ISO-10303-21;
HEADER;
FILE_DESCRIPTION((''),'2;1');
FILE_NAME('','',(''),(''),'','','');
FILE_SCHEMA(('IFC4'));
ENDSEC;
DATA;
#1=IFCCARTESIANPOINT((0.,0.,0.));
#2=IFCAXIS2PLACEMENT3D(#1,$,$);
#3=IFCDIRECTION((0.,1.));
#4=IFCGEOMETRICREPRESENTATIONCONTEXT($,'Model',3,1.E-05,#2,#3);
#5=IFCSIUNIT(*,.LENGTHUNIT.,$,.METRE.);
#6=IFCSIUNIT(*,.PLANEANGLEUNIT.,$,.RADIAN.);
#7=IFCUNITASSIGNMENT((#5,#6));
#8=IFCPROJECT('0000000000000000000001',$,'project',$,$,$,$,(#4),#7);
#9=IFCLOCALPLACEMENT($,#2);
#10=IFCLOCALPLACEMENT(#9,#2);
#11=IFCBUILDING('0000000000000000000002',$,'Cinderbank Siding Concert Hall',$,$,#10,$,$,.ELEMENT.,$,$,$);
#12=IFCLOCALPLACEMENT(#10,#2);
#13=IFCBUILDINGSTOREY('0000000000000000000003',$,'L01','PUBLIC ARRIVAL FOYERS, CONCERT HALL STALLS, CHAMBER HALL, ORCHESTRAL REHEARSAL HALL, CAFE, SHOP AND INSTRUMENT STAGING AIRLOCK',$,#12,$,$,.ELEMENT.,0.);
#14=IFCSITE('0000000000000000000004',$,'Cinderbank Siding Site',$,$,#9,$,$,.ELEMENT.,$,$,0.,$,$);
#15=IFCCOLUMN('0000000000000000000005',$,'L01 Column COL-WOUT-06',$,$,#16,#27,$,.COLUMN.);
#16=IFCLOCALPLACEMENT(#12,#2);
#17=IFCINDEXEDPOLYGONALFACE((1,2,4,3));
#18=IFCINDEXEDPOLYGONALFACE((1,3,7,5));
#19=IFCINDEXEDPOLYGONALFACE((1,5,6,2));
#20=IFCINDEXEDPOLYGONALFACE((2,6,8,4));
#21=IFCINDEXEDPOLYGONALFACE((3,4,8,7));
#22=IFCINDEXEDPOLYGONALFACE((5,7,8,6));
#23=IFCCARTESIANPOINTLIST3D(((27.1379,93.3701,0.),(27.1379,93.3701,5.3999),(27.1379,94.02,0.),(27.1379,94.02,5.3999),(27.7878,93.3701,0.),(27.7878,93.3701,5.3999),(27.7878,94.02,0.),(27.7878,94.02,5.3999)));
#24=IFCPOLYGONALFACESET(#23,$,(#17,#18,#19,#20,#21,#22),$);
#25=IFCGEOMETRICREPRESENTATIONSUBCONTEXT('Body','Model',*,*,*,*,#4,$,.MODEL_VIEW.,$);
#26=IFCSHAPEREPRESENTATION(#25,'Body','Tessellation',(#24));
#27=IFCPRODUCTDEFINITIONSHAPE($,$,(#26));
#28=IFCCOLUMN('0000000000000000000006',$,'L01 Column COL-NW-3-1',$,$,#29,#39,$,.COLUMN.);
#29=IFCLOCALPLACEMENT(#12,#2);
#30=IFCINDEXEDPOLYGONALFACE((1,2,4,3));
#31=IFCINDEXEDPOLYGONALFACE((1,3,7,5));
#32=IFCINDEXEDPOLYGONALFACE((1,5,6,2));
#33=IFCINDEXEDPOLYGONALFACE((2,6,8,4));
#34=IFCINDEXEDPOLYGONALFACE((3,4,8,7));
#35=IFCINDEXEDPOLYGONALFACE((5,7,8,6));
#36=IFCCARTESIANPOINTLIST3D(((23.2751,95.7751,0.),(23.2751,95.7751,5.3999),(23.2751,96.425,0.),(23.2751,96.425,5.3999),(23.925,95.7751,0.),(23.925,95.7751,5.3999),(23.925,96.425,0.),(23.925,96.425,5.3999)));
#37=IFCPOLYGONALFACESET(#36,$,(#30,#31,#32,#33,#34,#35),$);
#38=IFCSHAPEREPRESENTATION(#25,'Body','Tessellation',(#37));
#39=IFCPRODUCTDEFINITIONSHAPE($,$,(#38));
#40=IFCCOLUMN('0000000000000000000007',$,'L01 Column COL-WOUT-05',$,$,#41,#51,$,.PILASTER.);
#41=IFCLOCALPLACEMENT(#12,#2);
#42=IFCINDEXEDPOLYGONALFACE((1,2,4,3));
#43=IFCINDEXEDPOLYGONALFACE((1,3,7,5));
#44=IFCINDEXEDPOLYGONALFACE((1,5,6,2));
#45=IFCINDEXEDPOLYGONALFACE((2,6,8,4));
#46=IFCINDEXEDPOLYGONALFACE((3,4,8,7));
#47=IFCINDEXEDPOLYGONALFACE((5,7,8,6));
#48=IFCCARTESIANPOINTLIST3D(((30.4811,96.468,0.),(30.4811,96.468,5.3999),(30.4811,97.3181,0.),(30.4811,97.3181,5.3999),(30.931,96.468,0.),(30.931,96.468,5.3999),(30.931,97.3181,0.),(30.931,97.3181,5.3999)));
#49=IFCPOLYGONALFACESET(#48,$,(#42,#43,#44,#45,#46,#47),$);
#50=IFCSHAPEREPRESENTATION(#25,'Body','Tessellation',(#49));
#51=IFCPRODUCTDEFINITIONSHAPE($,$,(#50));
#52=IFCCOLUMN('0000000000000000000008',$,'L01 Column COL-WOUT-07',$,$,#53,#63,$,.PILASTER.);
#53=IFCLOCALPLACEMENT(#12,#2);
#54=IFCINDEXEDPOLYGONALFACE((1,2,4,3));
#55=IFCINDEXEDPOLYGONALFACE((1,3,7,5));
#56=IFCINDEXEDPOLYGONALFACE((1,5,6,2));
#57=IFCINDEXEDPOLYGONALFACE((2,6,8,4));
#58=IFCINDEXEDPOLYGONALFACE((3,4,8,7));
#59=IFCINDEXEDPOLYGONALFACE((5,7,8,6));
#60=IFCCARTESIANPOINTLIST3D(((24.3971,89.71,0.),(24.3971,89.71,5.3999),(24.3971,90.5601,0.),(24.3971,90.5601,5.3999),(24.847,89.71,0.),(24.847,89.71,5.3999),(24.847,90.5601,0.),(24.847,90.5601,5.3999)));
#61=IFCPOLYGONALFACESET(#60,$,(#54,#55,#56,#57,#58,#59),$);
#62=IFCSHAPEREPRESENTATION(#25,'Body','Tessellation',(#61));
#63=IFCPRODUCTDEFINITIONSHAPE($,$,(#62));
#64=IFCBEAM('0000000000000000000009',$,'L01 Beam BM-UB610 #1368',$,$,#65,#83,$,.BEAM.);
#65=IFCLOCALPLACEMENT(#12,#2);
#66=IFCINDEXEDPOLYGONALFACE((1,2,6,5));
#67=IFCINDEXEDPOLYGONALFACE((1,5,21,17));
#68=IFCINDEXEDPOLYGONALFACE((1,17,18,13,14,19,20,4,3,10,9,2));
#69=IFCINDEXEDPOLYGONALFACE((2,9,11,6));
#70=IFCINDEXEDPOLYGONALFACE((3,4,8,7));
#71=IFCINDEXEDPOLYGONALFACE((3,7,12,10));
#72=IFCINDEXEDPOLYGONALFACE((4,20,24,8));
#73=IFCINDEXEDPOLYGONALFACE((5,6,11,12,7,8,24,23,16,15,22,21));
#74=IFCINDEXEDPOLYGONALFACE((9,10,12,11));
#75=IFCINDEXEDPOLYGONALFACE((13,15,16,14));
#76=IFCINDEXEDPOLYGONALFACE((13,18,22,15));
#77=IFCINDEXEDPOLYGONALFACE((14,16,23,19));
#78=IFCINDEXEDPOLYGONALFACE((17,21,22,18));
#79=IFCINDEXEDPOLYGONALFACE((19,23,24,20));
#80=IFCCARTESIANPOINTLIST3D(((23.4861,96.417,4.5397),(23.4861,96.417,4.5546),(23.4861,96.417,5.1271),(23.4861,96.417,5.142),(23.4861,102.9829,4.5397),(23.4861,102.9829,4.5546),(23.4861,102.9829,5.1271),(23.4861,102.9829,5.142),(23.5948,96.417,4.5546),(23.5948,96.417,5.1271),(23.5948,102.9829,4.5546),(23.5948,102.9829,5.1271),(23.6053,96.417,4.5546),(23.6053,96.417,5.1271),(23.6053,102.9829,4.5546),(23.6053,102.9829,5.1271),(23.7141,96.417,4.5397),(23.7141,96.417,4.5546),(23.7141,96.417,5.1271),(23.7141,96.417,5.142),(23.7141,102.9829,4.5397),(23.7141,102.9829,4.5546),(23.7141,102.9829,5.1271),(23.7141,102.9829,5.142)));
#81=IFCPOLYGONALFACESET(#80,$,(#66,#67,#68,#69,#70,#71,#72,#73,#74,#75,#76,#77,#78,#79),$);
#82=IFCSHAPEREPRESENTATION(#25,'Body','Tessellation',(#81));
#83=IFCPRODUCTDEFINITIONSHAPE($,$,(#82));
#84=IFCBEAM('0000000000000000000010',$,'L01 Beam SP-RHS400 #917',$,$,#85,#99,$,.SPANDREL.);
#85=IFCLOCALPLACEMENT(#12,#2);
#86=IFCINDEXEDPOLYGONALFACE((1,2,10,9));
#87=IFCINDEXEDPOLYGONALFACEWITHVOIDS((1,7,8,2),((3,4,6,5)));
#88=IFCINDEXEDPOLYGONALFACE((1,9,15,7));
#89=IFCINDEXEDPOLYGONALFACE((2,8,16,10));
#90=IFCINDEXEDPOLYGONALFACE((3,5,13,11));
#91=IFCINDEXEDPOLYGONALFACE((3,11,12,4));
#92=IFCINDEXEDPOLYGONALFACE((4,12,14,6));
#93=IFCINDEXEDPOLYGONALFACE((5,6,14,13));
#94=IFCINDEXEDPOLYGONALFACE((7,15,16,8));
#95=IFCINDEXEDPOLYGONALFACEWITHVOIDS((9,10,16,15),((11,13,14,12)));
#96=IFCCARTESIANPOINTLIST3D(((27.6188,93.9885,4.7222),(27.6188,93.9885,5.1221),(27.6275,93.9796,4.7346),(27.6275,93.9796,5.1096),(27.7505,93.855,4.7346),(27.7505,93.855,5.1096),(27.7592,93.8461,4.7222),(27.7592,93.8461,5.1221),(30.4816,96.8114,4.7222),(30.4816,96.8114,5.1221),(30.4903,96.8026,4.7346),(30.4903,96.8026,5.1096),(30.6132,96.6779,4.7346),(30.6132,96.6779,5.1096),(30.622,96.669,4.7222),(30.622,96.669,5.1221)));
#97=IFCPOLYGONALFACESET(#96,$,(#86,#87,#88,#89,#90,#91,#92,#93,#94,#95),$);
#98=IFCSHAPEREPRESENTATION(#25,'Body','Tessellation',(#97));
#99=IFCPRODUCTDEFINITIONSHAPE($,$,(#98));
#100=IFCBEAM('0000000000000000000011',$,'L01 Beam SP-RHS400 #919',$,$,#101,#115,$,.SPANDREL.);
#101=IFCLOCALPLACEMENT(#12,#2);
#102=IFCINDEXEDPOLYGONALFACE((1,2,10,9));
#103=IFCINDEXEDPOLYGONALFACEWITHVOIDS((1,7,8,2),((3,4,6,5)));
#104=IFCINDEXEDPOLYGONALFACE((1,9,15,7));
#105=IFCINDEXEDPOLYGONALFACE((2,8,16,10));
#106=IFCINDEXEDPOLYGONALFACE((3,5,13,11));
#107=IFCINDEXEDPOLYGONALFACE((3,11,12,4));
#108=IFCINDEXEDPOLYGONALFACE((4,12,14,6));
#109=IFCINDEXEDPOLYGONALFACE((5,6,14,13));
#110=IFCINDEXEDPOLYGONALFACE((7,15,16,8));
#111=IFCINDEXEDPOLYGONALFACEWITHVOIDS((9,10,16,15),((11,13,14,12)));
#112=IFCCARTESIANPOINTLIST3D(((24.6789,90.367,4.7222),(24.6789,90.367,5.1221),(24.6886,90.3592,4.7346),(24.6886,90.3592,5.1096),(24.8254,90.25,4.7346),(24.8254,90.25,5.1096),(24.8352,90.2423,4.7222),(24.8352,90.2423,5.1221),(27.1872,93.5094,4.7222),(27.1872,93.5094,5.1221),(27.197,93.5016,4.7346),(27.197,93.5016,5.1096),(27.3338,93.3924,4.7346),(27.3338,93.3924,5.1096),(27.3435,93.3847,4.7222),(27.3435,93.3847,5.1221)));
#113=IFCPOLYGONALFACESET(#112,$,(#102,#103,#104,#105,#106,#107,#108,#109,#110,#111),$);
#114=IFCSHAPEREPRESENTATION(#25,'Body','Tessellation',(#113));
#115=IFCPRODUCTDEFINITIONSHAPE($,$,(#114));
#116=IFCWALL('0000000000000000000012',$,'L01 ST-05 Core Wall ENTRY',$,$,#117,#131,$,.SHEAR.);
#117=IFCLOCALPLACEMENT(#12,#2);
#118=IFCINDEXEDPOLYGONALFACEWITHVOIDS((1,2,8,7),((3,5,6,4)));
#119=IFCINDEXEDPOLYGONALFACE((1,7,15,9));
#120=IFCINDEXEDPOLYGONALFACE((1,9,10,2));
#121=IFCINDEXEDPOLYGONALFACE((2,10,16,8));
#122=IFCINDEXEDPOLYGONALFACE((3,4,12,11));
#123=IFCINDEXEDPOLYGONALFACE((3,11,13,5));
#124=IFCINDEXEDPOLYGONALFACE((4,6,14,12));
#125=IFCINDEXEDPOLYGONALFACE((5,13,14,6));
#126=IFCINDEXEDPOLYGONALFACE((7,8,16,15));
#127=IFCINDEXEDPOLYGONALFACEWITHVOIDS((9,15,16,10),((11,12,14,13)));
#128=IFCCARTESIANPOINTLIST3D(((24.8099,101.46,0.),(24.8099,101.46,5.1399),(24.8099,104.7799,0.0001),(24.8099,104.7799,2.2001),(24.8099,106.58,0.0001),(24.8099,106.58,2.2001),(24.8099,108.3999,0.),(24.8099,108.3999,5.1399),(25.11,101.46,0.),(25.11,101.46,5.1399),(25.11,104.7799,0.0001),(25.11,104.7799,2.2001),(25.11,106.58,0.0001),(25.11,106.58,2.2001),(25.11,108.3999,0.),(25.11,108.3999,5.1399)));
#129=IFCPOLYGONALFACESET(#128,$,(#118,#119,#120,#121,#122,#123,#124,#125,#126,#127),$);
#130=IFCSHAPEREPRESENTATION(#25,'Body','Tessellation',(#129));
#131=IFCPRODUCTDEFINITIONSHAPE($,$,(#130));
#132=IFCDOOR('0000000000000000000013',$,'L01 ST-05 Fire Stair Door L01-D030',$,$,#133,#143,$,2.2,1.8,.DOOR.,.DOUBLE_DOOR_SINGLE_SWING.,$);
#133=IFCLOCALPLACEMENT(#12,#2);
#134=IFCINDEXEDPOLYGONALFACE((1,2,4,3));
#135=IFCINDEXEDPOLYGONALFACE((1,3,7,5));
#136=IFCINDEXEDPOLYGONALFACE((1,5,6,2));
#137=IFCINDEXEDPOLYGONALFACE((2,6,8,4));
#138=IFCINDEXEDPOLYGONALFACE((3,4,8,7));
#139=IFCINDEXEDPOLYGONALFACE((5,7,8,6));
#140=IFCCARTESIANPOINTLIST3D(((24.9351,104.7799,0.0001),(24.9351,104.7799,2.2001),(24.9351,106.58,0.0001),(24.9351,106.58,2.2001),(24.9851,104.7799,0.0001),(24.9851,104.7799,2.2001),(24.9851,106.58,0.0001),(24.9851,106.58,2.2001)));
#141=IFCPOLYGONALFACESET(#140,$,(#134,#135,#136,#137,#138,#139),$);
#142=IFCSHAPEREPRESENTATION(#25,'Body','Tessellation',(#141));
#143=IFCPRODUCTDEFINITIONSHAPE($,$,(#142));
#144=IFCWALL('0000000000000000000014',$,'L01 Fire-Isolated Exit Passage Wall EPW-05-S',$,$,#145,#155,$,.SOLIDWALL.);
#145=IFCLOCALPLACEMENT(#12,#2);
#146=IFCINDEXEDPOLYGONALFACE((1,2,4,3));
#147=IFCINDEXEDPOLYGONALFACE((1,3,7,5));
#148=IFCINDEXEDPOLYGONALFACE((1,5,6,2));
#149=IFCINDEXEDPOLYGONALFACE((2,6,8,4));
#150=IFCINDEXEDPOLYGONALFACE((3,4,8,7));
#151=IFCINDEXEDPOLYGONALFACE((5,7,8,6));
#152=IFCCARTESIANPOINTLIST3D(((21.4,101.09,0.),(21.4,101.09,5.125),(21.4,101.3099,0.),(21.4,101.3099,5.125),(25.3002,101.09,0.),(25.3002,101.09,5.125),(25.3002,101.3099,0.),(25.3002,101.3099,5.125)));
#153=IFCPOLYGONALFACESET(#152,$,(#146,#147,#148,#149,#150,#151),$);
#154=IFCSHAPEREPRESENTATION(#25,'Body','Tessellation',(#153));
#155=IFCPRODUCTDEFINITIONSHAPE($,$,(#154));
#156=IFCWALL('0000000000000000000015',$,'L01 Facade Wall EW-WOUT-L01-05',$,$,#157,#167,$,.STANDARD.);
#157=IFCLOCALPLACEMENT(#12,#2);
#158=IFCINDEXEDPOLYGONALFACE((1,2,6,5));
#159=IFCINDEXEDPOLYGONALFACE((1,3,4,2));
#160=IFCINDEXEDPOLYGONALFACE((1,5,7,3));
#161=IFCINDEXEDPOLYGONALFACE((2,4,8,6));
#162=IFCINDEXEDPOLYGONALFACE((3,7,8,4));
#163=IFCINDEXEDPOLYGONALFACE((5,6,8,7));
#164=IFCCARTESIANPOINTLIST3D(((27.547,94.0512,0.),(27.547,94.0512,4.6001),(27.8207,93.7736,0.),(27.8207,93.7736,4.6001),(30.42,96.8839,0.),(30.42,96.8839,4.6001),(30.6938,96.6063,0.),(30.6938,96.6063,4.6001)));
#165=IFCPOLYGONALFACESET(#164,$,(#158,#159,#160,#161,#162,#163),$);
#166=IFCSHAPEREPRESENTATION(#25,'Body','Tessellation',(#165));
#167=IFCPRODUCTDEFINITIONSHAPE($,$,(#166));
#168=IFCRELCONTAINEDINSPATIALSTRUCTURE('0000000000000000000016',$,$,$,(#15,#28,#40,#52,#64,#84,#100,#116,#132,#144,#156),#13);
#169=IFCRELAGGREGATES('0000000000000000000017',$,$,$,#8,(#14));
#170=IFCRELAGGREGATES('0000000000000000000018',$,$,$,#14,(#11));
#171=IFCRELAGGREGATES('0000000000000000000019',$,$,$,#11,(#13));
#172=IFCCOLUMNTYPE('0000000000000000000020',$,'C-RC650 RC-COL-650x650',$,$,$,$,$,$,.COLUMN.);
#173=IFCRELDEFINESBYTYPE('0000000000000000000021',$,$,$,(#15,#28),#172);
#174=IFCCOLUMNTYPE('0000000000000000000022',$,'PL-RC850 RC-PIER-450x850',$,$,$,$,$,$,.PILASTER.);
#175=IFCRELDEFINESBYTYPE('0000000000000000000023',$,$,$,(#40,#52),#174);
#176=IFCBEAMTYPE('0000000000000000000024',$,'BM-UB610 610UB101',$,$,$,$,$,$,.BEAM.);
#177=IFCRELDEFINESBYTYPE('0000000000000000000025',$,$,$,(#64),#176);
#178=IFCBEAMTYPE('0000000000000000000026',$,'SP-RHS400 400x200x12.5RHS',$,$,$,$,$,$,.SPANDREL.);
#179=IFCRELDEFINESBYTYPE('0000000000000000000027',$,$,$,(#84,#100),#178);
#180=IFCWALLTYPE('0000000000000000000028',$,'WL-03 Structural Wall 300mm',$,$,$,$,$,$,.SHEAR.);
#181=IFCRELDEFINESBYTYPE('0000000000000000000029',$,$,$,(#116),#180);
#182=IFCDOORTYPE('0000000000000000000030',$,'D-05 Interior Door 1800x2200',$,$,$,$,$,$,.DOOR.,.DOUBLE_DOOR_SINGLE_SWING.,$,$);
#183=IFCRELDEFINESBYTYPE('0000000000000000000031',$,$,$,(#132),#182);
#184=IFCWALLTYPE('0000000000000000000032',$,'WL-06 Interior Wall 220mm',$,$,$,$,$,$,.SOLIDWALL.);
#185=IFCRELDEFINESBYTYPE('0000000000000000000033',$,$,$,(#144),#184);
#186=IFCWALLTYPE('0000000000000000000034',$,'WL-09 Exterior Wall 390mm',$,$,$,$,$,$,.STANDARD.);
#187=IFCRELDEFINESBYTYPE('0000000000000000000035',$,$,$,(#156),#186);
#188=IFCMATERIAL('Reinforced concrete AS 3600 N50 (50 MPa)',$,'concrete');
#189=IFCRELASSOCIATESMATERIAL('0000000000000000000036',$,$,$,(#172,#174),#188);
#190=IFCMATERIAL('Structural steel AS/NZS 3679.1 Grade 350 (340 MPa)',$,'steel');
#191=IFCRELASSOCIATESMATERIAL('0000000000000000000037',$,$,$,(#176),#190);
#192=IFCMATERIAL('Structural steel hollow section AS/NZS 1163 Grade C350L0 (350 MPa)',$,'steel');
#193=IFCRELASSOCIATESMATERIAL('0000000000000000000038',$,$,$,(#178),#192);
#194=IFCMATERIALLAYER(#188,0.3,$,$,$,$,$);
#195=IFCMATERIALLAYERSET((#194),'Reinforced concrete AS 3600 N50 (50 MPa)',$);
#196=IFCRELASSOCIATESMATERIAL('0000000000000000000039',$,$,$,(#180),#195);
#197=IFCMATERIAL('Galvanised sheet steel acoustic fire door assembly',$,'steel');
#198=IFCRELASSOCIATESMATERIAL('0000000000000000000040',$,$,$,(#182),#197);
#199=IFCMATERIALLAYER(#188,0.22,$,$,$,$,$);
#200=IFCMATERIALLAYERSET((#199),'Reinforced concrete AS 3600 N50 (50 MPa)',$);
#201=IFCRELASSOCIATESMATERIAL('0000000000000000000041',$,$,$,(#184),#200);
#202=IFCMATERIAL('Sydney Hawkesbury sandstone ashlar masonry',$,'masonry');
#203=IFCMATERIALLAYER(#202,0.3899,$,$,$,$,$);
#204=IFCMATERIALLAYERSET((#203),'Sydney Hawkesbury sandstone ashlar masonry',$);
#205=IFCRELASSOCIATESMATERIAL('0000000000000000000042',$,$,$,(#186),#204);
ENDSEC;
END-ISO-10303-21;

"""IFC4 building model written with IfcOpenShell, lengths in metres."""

from ifc_helpers import new_model, si_unit, direction, frame, frame_2d, origin, origin_2d, place, context, subcontext, project, spatial, rectangle, hollow_rectangle, i_section, extrude, material, layer, layer_set, material_profile, profile_set, type_object, element, fill, save


model = new_model("IFC4")

# Units and contexts
model_context = context("Model", 3, precision=1e-05, world=origin(), true_north=direction((0.0, 1.0)))
body_context = subcontext(model_context, "Body", "Model", "MODEL_VIEW")
ifc_project = project(units=[si_unit("LENGTHUNIT", "METRE"), si_unit("PLANEANGLEUNIT", "RADIAN")], contexts=[model_context])

# Site, building, storey
site_placement = place(None, origin())
site = spatial("IfcSite", under=ifc_project, at=site_placement, Name="Cinderbank Siding Site", CompositionType="ELEMENT", RefElevation=0.0)
building_placement = place(site_placement, origin())
building = spatial("IfcBuilding", under=site, at=building_placement, Name="Cinderbank Siding Concert Hall", CompositionType="ELEMENT")
storey_placement = place(building_placement, origin())
storey = spatial("IfcBuildingStorey", under=building, at=storey_placement, Name="L01", Description="PUBLIC ARRIVAL FOYERS, CONCERT HALL STALLS, CHAMBER HALL, ORCHESTRAL REHEARSAL HALL, CAFE, SHOP AND INSTRUMENT STAGING AIRLOCK", CompositionType="ELEMENT", Elevation=0.0)

# Columns
ifc_material_1 = material(Name="Reinforced concrete AS 3600 N50 (50 MPa)", Category="concrete")
ifc_material_profile_1 = material_profile(ifc_material_1, rectangle(XDim=0.6499, YDim=0.6499, at=origin_2d()), Name="RC-COL-650x650", Category="LoadBearing")
ifc_profile_set_1 = profile_set([ifc_material_profile_1], Name="Reinforced concrete AS 3600 N50 (50 MPa)")
column_type_1 = type_object("IfcColumnType", Name="C-RC650 RC-COL-650x650", PredefinedType="COLUMN", material=ifc_profile_set_1)
for number, where, z_axis, x_axis, name in (
    (1, (27.4629, 93.6951, 0.0), (0.0, 0.0, 1.0), (1.0, 0.0, 0.0), "L01 Column COL-WOUT-06"),
    (2, (23.6001, 96.1001, 0.0), (0.0, 0.0, 1.0), (1.0, 0.0, 0.0), "L01 Column COL-NW-3-1"),
):
    element("IfcColumn", number, at=place(storey_placement, frame(where, z_axis=z_axis, x_axis=x_axis)), inside=storey, type_object=column_type_1, Name=name, PredefinedType="COLUMN", context=body_context, shape_type="SweptSolid", body=[
        extrude(rectangle(XDim=0.6499, YDim=0.6499, at=origin_2d()), origin(), (0.0, 0.0, 1.0), 5.3999),
    ])
ifc_material_profile_2 = material_profile(ifc_material_1, rectangle(XDim=0.45, YDim=0.8501, at=origin_2d()), Name="RC-PIER-450x850", Category="LoadBearing")
ifc_profile_set_2 = profile_set([ifc_material_profile_2], Name="Reinforced concrete AS 3600 N50 (50 MPa)")
column_type_2 = type_object("IfcColumnType", Name="PL-RC850 RC-PIER-450x850", PredefinedType="PILASTER", material=ifc_profile_set_2)
for number, where, z_axis, x_axis, name in (
    (3, (30.7061, 96.8931, 0.0), (0.0, 0.0, 1.0), (1.0, 0.0, 0.0), "L01 Column COL-WOUT-05"),
    (4, (24.6221, 90.135, 0.0), (0.0, 0.0, 1.0), (1.0, 0.0, 0.0), "L01 Column COL-WOUT-07"),
):
    element("IfcColumn", number, at=place(storey_placement, frame(where, z_axis=z_axis, x_axis=x_axis)), inside=storey, type_object=column_type_2, Name=name, PredefinedType="PILASTER", context=body_context, shape_type="SweptSolid", body=[
        extrude(rectangle(XDim=0.45, YDim=0.8501, at=origin_2d()), origin(), (0.0, 0.0, 1.0), 5.3999),
    ])

# Beams
ifc_material_2 = material(Name="Structural steel AS/NZS 3679.1 Grade 350 (340 MPa)", Category="steel")
ifc_material_profile_3 = material_profile(ifc_material_2, i_section(OverallWidth=0.228, OverallDepth=0.6023, WebThickness=0.0105, FlangeThickness=0.0149, at=origin_2d()), Name="610UB101", Category="LoadBearing")
ifc_profile_set_3 = profile_set([ifc_material_profile_3], Name="Structural steel AS/NZS 3679.1 Grade 350 (340 MPa)")
beam_type_1 = type_object("IfcBeamType", Name="BM-UB610 610UB101", PredefinedType="BEAM", material=ifc_profile_set_3)
beam_1_placement = place(storey_placement, frame((23.6001, 96.417, 4.8408), z_axis=(0.0, 1.0, 0.0), x_axis=(-1.0, 0.0, 0.0)))
element("IfcBeam", 5, at=beam_1_placement, inside=storey, type_object=beam_type_1, Name="L01 Beam BM-UB610 #1368", PredefinedType="BEAM", context=body_context, shape_type="SweptSolid", body=[
    extrude(i_section(OverallWidth=0.228, OverallDepth=0.6023, WebThickness=0.0105, FlangeThickness=0.0149, at=origin_2d()), origin(), (0.0, 0.0, 1.0), 6.5659),
])
ifc_material_3 = material(Name="Structural steel hollow section AS/NZS 1163 Grade C350L0 (350 MPa)", Category="steel")
ifc_material_profile_4 = material_profile(ifc_material_3, hollow_rectangle(XDim=0.2, YDim=0.3999, WallThickness=0.0125, at=origin_2d()), Name="400x200x12.5RHS", Category="LoadBearing")
ifc_profile_set_4 = profile_set([ifc_material_profile_4], Name="Structural steel hollow section AS/NZS 1163 Grade C350L0 (350 MPa)")
beam_type_2 = type_object("IfcBeamType", Name="SP-RHS400 400x200x12.5RHS", PredefinedType="SPANDREL", material=ifc_profile_set_4)
beam_2_placement = place(storey_placement, frame((30.5518, 96.7402, 4.9221), z_axis=(-0.712038, -0.702141, 0.0), x_axis=(0.702141, -0.712038, 0.0)))
element("IfcBeam", 6, at=beam_2_placement, inside=storey, type_object=beam_type_2, Name="L01 Beam SP-RHS400 #917", PredefinedType="SPANDREL", context=body_context, shape_type="SweptSolid", body=[
    extrude(hollow_rectangle(XDim=0.2, YDim=0.3999, WallThickness=0.0125, at=origin_2d()), origin(), (0.0, 0.0, 1.0), 4.0205),
])
beam_3_placement = place(storey_placement, frame((27.2654, 93.447, 4.9221), z_axis=(-0.623851, -0.781544, 0.0), x_axis=(0.781544, -0.623851, 0.0)))
element("IfcBeam", 7, at=beam_3_placement, inside=storey, type_object=beam_type_2, Name="L01 Beam SP-RHS400 #919", PredefinedType="SPANDREL", context=body_context, shape_type="SweptSolid", body=[
    extrude(hollow_rectangle(XDim=0.2, YDim=0.3999, WallThickness=0.0125, at=origin_2d()), origin(), (0.0, 0.0, 1.0), 4.0208),
])

# Wall, opening, door
ifc_layer_1 = layer(ifc_material_1, 0.3)
ifc_layer_set_1 = layer_set([ifc_layer_1], Name="Reinforced concrete AS 3600 N50 (50 MPa)")
wall_type_1 = type_object("IfcWallType", Name="WL-03 Structural Wall 300mm", PredefinedType="SHEAR", material=ifc_layer_set_1)
wall_1_placement = place(storey_placement, frame((24.96, 101.46, 0.0), z_axis=(0.0, 0.0, 1.0), x_axis=(0.0, 1.0, 0.0)))
wall_1 = element("IfcWall", 8, at=wall_1_placement, inside=storey, type_object=wall_type_1, Name="L01 ST-05 Core Wall ENTRY", PredefinedType="SHEAR", context=body_context, shape_type="SweptSolid", body=[
    extrude(rectangle(XDim=6.9399, YDim=0.3, at=frame_2d((3.47, 0.0))), origin(), (0.0, 0.0, 1.0), 5.1399),
])
opening_1_placement = place(wall_1_placement, frame((3.3201, 0.0, 0.0)))
opening_1 = element("IfcOpeningElement", 9, at=opening_1_placement, cuts=wall_1, PredefinedType="OPENING", context=body_context, shape_type="SweptSolid", body=[
    extrude(rectangle(XDim=1.8, YDim=2.2, at=frame_2d((0.8999, 1.1001))), frame((0.0, 0.1621, 0.0), z_axis=(0.0, -1.0, 0.0), x_axis=(1.0, 0.0, 0.0)), (0.0, 0.0, 1.0), 0.324),
])
ifc_material_4 = material(Name="Galvanised sheet steel acoustic fire door assembly", Category="steel")
door_type_1 = type_object("IfcDoorType", Name="D-05 Interior Door 1800x2200", OperationType="DOUBLE_DOOR_SINGLE_SWING", PredefinedType="DOOR", material=ifc_material_4)
door_1_placement = place(opening_1_placement, origin())
door_1 = element("IfcDoor", 10, at=door_1_placement, inside=storey, type_object=door_type_1, Name="L01 ST-05 Fire Stair Door L01-D030", OperationType="DOUBLE_DOOR_SINGLE_SWING", OverallHeight=2.2, OverallWidth=1.8, PredefinedType="DOOR", context=body_context, shape_type="SweptSolid", body=[
    extrude(rectangle(XDim=1.8, YDim=2.2, at=frame_2d((0.8999, 1.1001))), frame((0.0, 0.0249, 0.0), z_axis=(0.0, -1.0, 0.0), x_axis=(1.0, 0.0, 0.0)), (0.0, 0.0, 1.0), 0.05),
])
fill(opening_1, door_1)

# Walls
ifc_layer_2 = layer(ifc_material_1, 0.22)
ifc_layer_set_2 = layer_set([ifc_layer_2], Name="Reinforced concrete AS 3600 N50 (50 MPa)")
wall_type_2 = type_object("IfcWallType", Name="WL-06 Interior Wall 220mm", PredefinedType="SOLIDWALL", material=ifc_layer_set_2)
wall_2_placement = place(storey_placement, frame((21.3999, 101.2, 0.0), z_axis=(0.0, 0.0, 1.0), x_axis=(1.0, 0.0, 0.0)))
element("IfcWall", 11, at=wall_2_placement, inside=storey, type_object=wall_type_2, Name="L01 Fire-Isolated Exit Passage Wall EPW-05-S", PredefinedType="SOLIDWALL", context=body_context, shape_type="SweptSolid", body=[
    extrude(rectangle(XDim=3.9001, YDim=0.22, at=frame_2d((1.9502, 0.0))), origin(), (0.0, 0.0, 1.0), 5.125),
])
ifc_material_5 = material(Name="Sydney Hawkesbury sandstone ashlar masonry", Category="masonry")
ifc_layer_3 = layer(ifc_material_5, 0.3899)
ifc_layer_set_3 = layer_set([ifc_layer_3], Name="Sydney Hawkesbury sandstone ashlar masonry")
wall_type_3 = type_object("IfcWallType", Name="WL-09 Exterior Wall 390mm", PredefinedType="STANDARD", material=ifc_layer_set_3)
wall_3_placement = place(storey_placement, frame((30.5569, 96.7451, 0.0), z_axis=(0.0, 0.0, 1.0), x_axis=(-0.712081, -0.702097, 0.0)))
element("IfcWall", 12, at=wall_3_placement, inside=storey, type_object=wall_type_3, Name="L01 Facade Wall EW-WOUT-L01-05", PredefinedType="STANDARD", context=body_context, shape_type="SweptSolid", body=[
    extrude(rectangle(XDim=4.0347, YDim=0.3899, at=frame_2d((2.0173, 0.0))), origin(), (0.0, 0.0, 1.0), 4.6001),
])

save(model, "model.ifc")
